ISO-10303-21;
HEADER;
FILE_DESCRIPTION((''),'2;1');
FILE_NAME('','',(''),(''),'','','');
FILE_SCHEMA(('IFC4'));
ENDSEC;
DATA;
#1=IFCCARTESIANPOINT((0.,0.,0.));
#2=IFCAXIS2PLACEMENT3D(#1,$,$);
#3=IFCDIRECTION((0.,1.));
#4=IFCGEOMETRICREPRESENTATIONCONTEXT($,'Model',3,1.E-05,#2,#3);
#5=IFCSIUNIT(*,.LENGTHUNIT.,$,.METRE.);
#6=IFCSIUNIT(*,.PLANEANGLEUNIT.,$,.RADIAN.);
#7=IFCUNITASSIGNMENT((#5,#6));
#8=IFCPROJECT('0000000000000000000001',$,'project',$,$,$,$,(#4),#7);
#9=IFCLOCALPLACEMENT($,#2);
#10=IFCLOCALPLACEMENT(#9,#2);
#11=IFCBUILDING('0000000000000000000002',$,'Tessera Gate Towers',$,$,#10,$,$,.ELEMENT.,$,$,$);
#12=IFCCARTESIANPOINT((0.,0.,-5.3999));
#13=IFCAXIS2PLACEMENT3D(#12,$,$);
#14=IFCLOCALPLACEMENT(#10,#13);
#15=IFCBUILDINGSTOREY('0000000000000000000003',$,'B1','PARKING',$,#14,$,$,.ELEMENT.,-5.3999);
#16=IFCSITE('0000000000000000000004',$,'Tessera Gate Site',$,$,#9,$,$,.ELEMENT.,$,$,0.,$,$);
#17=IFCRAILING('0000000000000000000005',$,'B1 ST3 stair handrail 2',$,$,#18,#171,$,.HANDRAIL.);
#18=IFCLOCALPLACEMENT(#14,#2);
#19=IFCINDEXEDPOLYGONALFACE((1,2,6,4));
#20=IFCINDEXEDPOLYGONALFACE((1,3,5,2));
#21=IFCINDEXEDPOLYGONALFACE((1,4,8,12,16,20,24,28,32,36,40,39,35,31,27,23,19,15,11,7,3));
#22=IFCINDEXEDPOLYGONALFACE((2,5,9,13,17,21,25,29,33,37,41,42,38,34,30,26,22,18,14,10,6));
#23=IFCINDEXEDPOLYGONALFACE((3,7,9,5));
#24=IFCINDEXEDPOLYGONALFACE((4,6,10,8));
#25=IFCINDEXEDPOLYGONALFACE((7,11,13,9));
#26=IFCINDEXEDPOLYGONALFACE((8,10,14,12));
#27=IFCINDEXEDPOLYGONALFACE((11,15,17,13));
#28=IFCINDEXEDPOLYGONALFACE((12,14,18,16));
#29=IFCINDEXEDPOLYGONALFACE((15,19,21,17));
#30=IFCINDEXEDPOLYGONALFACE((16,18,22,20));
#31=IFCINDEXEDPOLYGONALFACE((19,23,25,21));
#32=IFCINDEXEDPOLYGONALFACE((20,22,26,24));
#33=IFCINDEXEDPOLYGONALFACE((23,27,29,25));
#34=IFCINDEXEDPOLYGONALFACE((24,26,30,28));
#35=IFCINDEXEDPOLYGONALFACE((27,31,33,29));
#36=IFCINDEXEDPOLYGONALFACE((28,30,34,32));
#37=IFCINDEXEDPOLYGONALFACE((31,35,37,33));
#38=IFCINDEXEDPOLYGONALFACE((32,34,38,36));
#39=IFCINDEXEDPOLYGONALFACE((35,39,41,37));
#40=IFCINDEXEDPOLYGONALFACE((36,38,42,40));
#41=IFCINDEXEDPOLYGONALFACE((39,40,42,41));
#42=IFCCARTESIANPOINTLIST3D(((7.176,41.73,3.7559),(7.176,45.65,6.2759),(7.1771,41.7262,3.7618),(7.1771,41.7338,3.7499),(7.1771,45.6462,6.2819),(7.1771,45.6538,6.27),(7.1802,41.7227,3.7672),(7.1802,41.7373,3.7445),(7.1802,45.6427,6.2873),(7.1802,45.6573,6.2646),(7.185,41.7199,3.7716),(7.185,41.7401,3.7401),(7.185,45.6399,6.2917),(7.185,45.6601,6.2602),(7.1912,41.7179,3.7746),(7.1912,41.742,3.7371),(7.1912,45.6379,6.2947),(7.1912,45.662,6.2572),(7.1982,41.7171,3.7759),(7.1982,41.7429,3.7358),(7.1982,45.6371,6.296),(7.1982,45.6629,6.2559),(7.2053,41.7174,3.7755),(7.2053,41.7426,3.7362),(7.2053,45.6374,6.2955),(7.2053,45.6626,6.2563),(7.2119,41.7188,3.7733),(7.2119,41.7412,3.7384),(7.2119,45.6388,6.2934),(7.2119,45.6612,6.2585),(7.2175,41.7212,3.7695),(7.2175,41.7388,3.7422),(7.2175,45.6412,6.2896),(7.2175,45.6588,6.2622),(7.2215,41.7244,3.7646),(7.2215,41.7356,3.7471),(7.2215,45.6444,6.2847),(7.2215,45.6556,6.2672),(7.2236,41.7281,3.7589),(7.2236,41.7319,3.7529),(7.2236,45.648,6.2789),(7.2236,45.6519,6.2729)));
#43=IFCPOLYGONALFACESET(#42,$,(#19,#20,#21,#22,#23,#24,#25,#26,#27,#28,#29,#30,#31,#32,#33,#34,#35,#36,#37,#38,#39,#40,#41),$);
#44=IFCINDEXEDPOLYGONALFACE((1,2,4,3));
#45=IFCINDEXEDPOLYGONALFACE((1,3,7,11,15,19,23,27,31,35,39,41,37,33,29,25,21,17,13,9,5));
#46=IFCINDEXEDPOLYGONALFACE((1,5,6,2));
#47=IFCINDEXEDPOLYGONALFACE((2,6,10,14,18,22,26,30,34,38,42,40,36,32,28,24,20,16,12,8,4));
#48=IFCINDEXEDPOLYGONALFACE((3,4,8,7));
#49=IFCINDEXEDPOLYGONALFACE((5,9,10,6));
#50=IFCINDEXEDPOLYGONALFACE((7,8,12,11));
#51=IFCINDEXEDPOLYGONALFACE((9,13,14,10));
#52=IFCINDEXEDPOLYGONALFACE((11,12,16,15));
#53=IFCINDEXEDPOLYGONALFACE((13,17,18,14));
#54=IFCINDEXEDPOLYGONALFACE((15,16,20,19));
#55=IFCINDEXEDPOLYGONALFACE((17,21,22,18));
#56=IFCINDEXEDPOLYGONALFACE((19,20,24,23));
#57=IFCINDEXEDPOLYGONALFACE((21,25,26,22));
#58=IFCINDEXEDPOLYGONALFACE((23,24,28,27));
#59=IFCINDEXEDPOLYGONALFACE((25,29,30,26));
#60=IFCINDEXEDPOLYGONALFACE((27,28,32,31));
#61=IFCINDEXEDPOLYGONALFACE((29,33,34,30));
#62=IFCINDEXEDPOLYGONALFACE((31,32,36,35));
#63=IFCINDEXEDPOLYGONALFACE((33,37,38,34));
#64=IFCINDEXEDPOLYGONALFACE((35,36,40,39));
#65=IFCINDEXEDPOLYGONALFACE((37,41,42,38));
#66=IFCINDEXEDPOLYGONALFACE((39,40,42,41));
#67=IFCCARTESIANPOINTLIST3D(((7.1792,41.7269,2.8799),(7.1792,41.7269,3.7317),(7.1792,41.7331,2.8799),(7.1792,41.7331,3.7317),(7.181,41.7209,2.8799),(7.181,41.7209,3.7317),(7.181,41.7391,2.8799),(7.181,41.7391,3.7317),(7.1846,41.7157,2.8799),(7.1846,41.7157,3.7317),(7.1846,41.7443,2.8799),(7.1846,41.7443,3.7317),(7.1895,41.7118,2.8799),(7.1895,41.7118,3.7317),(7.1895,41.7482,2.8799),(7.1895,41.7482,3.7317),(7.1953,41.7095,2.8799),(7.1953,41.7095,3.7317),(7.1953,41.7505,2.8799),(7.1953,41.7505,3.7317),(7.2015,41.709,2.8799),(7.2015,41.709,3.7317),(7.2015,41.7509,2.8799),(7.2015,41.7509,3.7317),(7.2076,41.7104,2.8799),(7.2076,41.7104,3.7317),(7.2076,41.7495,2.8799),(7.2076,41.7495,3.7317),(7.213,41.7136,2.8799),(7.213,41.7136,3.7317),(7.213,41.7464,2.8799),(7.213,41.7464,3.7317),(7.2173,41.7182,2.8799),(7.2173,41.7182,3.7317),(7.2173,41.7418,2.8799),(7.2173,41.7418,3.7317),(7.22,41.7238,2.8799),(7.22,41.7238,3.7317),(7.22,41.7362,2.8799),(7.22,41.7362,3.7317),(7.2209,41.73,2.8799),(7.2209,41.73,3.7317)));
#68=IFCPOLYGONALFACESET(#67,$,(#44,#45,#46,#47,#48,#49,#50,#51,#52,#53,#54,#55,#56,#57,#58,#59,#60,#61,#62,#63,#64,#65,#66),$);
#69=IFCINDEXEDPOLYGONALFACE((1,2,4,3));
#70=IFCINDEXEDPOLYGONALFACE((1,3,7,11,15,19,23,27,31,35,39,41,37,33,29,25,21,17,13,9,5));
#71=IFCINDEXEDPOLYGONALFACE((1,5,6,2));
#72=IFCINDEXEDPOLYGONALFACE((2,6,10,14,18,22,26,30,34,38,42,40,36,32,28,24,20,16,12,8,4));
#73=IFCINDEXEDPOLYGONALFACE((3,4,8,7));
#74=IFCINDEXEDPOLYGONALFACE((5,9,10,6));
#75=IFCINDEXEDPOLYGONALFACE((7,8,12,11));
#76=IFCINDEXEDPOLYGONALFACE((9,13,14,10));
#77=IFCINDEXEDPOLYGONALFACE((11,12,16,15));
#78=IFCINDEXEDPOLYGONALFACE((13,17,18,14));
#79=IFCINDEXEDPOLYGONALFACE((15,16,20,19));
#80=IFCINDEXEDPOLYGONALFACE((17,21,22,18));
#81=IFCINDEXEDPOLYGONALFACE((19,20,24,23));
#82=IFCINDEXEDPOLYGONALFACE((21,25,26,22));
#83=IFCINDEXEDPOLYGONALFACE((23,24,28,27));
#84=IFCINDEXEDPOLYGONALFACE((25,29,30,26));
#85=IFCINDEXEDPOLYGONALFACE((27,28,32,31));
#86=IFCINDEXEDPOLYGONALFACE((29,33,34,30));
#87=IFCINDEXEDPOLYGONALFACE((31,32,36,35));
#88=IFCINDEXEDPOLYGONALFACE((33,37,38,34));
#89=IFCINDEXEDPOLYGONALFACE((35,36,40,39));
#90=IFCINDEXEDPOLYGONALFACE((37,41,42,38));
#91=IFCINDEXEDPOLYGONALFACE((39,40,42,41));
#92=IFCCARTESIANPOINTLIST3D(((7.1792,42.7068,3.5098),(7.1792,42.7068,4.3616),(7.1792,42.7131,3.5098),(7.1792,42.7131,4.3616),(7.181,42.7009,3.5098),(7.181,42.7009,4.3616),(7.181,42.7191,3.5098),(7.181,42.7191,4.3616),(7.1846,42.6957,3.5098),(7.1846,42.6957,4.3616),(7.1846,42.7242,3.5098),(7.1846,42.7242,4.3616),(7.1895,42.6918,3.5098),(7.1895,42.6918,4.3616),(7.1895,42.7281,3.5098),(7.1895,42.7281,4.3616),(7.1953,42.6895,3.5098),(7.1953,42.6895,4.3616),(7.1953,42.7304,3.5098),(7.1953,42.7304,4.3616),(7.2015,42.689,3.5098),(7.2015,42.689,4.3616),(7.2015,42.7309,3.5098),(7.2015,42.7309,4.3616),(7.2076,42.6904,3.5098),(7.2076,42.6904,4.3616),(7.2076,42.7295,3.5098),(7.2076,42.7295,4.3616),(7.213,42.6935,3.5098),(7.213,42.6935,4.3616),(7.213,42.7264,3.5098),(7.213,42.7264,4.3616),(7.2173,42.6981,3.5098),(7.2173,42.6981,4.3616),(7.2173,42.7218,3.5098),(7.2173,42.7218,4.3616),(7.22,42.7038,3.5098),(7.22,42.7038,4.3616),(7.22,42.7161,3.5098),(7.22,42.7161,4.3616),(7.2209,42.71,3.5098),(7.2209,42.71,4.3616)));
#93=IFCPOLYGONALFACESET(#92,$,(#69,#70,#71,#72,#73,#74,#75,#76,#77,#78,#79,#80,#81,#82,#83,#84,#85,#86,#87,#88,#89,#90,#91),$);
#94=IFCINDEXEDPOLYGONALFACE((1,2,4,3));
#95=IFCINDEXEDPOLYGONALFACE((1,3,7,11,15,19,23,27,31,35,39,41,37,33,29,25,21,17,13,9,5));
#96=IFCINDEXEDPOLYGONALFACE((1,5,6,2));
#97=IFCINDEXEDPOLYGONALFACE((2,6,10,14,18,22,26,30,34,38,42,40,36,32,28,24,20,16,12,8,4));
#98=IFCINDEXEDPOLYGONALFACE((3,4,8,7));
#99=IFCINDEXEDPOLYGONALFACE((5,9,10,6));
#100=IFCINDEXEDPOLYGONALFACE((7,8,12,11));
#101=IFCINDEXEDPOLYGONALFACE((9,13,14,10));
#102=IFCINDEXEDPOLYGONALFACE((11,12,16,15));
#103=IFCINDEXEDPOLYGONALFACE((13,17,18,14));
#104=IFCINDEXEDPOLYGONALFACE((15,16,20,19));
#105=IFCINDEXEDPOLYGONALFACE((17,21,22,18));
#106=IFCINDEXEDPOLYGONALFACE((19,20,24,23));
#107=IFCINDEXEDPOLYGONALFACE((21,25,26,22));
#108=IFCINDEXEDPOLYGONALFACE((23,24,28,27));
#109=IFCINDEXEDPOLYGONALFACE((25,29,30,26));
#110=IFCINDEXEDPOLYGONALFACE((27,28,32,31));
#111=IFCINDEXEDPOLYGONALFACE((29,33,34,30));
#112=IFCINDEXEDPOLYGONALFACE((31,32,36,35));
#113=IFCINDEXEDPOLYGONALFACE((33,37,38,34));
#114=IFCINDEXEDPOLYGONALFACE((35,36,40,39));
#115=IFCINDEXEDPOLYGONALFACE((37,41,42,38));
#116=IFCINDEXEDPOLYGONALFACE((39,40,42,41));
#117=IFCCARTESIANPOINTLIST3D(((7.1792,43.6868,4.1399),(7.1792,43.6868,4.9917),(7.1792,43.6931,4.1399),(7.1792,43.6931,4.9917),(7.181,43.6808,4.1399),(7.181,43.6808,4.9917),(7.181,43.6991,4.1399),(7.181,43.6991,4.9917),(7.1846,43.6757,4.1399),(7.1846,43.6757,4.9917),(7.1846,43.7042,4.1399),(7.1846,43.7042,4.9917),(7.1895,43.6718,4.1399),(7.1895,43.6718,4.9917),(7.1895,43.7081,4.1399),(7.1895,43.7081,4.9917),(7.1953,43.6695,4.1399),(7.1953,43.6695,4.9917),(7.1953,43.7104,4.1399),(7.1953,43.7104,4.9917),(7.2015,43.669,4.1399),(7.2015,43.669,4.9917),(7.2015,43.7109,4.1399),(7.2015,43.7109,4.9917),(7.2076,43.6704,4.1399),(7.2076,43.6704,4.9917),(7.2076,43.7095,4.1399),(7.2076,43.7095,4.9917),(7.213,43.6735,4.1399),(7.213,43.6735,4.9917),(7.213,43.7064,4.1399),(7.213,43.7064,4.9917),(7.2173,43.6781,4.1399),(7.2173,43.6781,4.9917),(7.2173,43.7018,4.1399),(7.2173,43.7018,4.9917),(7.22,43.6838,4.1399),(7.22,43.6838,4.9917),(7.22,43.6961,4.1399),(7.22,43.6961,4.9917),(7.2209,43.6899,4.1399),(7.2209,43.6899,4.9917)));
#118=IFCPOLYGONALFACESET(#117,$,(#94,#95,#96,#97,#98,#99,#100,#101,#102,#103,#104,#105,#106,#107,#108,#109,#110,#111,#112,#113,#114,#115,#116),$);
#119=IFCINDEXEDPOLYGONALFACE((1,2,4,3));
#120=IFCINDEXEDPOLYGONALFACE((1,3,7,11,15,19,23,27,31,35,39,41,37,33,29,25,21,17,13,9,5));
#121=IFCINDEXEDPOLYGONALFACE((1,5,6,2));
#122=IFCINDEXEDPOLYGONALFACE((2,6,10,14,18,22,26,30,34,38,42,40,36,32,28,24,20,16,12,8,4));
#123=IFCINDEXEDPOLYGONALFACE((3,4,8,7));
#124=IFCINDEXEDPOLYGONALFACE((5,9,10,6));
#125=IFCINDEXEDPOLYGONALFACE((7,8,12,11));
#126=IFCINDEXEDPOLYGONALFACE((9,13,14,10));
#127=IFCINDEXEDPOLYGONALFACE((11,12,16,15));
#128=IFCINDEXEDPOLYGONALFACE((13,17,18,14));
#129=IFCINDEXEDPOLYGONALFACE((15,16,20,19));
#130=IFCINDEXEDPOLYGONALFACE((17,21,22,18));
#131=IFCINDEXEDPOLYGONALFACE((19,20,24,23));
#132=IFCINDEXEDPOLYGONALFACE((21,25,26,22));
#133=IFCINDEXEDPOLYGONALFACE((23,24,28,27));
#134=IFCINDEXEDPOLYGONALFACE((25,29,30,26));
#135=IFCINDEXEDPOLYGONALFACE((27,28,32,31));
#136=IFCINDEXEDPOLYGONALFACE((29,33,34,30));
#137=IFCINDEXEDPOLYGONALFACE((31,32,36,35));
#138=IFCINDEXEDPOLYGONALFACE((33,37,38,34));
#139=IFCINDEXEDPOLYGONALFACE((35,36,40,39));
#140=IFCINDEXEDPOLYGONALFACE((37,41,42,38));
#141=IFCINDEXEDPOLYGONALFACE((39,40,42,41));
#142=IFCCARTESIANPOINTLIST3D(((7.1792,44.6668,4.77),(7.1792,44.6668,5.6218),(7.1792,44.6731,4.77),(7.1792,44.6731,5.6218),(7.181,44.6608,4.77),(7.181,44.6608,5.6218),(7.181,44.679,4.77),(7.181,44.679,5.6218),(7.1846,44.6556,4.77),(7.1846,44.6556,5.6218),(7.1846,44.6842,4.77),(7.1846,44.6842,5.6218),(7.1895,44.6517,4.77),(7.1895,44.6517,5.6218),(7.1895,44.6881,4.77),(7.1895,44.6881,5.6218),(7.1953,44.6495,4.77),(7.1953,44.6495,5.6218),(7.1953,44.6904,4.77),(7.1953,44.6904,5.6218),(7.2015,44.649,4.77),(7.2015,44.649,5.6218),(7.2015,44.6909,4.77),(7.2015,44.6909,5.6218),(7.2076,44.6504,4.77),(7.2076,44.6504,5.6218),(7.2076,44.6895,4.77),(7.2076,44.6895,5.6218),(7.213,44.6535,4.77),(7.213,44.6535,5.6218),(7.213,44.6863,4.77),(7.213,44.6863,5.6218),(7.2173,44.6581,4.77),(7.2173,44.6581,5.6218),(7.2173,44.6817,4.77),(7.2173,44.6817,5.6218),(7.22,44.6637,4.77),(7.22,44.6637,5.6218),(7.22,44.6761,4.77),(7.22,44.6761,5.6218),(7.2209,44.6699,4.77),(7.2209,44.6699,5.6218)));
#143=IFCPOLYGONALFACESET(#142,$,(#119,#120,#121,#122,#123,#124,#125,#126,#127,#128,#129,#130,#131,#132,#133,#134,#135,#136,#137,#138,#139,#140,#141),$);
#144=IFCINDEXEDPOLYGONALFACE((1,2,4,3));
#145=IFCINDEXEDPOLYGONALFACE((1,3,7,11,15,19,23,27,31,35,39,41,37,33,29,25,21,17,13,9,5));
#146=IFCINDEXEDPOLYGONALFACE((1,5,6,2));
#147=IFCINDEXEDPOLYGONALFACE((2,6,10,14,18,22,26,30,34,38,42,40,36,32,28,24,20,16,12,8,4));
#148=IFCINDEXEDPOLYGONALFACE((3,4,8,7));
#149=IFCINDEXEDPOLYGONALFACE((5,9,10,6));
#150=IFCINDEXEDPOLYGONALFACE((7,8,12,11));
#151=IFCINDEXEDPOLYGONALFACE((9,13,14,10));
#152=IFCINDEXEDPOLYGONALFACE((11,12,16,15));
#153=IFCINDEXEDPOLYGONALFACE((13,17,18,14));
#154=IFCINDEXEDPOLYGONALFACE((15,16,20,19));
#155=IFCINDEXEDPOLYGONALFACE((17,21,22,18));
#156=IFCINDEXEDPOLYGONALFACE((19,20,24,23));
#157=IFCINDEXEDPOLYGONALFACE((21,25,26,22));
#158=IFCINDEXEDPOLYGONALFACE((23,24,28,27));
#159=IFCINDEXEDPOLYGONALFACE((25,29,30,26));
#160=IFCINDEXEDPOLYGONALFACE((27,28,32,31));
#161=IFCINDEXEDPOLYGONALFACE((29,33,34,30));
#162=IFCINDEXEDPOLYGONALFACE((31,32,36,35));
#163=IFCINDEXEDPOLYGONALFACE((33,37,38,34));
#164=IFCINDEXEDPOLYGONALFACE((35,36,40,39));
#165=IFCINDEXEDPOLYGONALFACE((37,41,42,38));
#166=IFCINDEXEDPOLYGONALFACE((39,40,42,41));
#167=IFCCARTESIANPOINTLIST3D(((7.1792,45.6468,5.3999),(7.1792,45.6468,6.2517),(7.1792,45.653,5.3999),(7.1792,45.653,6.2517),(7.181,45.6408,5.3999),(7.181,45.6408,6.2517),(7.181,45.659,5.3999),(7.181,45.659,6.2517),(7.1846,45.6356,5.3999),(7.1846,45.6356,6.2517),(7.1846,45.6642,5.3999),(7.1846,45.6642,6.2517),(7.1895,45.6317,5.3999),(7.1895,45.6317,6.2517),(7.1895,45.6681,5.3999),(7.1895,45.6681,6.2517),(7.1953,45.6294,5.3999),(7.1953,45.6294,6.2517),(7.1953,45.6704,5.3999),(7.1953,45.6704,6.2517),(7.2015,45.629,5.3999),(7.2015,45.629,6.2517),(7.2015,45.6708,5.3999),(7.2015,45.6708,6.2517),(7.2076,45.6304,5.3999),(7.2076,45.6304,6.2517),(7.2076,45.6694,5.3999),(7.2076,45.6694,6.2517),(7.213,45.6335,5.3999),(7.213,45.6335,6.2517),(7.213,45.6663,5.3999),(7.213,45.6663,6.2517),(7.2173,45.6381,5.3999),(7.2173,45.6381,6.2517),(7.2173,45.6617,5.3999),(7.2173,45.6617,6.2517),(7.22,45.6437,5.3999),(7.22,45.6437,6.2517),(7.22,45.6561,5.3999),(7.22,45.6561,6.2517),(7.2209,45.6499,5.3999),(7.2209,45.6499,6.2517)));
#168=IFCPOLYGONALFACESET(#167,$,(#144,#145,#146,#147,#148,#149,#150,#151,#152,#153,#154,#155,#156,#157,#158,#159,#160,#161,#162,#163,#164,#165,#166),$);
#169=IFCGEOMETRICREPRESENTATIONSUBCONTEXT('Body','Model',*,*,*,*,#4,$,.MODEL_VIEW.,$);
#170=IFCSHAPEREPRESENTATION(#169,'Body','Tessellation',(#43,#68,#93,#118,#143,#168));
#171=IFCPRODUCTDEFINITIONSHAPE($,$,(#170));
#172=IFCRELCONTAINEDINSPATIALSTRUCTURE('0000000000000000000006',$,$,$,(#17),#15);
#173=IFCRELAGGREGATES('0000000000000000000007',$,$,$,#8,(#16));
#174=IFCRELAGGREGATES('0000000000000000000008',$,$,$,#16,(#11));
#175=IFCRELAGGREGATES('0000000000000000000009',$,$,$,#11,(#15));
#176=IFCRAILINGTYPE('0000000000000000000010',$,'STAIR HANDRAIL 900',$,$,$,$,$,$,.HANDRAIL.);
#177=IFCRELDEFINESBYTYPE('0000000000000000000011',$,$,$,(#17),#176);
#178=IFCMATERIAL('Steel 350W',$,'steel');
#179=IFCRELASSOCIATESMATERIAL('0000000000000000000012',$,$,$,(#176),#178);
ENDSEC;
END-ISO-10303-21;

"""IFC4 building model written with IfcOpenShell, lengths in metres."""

from ifc_helpers import new_model, si_unit, direction, frame, origin, origin_2d, place, context, subcontext, project, spatial, circle, extrude, material, type_object, element, save


model = new_model("IFC4")

# Units and contexts
model_context = context("Model", 3, precision=1e-05, world=origin(), true_north=direction((0.0, 1.0)))
body_context = subcontext(model_context, "Body", "Model", "MODEL_VIEW")
ifc_project = project(units=[si_unit("LENGTHUNIT", "METRE"), si_unit("PLANEANGLEUNIT", "RADIAN")], contexts=[model_context])

# Site, building, storey
site_placement = place(None, origin())
site = spatial("IfcSite", under=ifc_project, at=site_placement, Name="Tessera Gate Site", CompositionType="ELEMENT", RefElevation=0.0)
building_placement = place(site_placement, origin())
building = spatial("IfcBuilding", under=site, at=building_placement, Name="Tessera Gate Towers", CompositionType="ELEMENT")
storey_placement = place(building_placement, frame((0.0, 0.0, -5.3999)))
storey = spatial("IfcBuildingStorey", under=building, at=storey_placement, Name="B1", Description="PARKING", CompositionType="ELEMENT", Elevation=-5.3999)

# Railing
ifc_material_1 = material(Name="Steel 350W", Category="steel")
railing_type = type_object("IfcRailingType", Name="STAIR HANDRAIL 900", PredefinedType="HANDRAIL", material=ifc_material_1)
railing_1_placement = place(storey_placement, frame((7.2, 41.73, 2.8799)))
element("IfcRailing", 1, at=railing_1_placement, inside=storey, type_object=railing_type, Name="B1 ST3 stair handrail 2", PredefinedType="HANDRAIL", context=body_context, shape_type="SweptSolid", body=[
    extrude(circle(Radius=0.0239, at=origin_2d()), frame((0.0, 0.0, 0.876), z_axis=(0.0, 0.841172, 0.540768), x_axis=(-1.0, 0.0, 0.0)), (0.0, 0.0, 1.0), 4.6602),
    extrude(circle(Radius=0.021, at=origin_2d()), origin(), (0.0, 0.0, 1.0), 0.8518),
    extrude(circle(Radius=0.021, at=origin_2d()), frame((0.0, 0.98, 0.6299)), (0.0, 0.0, 1.0), 0.8518),
    extrude(circle(Radius=0.021, at=origin_2d()), frame((0.0, 1.96, 1.26)), (0.0, 0.0, 1.0), 0.8518),
    extrude(circle(Radius=0.021, at=origin_2d()), frame((0.0, 2.9399, 1.8901)), (0.0, 0.0, 1.0), 0.8518),
    extrude(circle(Radius=0.021, at=origin_2d()), frame((0.0, 3.9199, 2.52)), (0.0, 0.0, 1.0), 0.8518),
])

save(model, "model.ifc")
